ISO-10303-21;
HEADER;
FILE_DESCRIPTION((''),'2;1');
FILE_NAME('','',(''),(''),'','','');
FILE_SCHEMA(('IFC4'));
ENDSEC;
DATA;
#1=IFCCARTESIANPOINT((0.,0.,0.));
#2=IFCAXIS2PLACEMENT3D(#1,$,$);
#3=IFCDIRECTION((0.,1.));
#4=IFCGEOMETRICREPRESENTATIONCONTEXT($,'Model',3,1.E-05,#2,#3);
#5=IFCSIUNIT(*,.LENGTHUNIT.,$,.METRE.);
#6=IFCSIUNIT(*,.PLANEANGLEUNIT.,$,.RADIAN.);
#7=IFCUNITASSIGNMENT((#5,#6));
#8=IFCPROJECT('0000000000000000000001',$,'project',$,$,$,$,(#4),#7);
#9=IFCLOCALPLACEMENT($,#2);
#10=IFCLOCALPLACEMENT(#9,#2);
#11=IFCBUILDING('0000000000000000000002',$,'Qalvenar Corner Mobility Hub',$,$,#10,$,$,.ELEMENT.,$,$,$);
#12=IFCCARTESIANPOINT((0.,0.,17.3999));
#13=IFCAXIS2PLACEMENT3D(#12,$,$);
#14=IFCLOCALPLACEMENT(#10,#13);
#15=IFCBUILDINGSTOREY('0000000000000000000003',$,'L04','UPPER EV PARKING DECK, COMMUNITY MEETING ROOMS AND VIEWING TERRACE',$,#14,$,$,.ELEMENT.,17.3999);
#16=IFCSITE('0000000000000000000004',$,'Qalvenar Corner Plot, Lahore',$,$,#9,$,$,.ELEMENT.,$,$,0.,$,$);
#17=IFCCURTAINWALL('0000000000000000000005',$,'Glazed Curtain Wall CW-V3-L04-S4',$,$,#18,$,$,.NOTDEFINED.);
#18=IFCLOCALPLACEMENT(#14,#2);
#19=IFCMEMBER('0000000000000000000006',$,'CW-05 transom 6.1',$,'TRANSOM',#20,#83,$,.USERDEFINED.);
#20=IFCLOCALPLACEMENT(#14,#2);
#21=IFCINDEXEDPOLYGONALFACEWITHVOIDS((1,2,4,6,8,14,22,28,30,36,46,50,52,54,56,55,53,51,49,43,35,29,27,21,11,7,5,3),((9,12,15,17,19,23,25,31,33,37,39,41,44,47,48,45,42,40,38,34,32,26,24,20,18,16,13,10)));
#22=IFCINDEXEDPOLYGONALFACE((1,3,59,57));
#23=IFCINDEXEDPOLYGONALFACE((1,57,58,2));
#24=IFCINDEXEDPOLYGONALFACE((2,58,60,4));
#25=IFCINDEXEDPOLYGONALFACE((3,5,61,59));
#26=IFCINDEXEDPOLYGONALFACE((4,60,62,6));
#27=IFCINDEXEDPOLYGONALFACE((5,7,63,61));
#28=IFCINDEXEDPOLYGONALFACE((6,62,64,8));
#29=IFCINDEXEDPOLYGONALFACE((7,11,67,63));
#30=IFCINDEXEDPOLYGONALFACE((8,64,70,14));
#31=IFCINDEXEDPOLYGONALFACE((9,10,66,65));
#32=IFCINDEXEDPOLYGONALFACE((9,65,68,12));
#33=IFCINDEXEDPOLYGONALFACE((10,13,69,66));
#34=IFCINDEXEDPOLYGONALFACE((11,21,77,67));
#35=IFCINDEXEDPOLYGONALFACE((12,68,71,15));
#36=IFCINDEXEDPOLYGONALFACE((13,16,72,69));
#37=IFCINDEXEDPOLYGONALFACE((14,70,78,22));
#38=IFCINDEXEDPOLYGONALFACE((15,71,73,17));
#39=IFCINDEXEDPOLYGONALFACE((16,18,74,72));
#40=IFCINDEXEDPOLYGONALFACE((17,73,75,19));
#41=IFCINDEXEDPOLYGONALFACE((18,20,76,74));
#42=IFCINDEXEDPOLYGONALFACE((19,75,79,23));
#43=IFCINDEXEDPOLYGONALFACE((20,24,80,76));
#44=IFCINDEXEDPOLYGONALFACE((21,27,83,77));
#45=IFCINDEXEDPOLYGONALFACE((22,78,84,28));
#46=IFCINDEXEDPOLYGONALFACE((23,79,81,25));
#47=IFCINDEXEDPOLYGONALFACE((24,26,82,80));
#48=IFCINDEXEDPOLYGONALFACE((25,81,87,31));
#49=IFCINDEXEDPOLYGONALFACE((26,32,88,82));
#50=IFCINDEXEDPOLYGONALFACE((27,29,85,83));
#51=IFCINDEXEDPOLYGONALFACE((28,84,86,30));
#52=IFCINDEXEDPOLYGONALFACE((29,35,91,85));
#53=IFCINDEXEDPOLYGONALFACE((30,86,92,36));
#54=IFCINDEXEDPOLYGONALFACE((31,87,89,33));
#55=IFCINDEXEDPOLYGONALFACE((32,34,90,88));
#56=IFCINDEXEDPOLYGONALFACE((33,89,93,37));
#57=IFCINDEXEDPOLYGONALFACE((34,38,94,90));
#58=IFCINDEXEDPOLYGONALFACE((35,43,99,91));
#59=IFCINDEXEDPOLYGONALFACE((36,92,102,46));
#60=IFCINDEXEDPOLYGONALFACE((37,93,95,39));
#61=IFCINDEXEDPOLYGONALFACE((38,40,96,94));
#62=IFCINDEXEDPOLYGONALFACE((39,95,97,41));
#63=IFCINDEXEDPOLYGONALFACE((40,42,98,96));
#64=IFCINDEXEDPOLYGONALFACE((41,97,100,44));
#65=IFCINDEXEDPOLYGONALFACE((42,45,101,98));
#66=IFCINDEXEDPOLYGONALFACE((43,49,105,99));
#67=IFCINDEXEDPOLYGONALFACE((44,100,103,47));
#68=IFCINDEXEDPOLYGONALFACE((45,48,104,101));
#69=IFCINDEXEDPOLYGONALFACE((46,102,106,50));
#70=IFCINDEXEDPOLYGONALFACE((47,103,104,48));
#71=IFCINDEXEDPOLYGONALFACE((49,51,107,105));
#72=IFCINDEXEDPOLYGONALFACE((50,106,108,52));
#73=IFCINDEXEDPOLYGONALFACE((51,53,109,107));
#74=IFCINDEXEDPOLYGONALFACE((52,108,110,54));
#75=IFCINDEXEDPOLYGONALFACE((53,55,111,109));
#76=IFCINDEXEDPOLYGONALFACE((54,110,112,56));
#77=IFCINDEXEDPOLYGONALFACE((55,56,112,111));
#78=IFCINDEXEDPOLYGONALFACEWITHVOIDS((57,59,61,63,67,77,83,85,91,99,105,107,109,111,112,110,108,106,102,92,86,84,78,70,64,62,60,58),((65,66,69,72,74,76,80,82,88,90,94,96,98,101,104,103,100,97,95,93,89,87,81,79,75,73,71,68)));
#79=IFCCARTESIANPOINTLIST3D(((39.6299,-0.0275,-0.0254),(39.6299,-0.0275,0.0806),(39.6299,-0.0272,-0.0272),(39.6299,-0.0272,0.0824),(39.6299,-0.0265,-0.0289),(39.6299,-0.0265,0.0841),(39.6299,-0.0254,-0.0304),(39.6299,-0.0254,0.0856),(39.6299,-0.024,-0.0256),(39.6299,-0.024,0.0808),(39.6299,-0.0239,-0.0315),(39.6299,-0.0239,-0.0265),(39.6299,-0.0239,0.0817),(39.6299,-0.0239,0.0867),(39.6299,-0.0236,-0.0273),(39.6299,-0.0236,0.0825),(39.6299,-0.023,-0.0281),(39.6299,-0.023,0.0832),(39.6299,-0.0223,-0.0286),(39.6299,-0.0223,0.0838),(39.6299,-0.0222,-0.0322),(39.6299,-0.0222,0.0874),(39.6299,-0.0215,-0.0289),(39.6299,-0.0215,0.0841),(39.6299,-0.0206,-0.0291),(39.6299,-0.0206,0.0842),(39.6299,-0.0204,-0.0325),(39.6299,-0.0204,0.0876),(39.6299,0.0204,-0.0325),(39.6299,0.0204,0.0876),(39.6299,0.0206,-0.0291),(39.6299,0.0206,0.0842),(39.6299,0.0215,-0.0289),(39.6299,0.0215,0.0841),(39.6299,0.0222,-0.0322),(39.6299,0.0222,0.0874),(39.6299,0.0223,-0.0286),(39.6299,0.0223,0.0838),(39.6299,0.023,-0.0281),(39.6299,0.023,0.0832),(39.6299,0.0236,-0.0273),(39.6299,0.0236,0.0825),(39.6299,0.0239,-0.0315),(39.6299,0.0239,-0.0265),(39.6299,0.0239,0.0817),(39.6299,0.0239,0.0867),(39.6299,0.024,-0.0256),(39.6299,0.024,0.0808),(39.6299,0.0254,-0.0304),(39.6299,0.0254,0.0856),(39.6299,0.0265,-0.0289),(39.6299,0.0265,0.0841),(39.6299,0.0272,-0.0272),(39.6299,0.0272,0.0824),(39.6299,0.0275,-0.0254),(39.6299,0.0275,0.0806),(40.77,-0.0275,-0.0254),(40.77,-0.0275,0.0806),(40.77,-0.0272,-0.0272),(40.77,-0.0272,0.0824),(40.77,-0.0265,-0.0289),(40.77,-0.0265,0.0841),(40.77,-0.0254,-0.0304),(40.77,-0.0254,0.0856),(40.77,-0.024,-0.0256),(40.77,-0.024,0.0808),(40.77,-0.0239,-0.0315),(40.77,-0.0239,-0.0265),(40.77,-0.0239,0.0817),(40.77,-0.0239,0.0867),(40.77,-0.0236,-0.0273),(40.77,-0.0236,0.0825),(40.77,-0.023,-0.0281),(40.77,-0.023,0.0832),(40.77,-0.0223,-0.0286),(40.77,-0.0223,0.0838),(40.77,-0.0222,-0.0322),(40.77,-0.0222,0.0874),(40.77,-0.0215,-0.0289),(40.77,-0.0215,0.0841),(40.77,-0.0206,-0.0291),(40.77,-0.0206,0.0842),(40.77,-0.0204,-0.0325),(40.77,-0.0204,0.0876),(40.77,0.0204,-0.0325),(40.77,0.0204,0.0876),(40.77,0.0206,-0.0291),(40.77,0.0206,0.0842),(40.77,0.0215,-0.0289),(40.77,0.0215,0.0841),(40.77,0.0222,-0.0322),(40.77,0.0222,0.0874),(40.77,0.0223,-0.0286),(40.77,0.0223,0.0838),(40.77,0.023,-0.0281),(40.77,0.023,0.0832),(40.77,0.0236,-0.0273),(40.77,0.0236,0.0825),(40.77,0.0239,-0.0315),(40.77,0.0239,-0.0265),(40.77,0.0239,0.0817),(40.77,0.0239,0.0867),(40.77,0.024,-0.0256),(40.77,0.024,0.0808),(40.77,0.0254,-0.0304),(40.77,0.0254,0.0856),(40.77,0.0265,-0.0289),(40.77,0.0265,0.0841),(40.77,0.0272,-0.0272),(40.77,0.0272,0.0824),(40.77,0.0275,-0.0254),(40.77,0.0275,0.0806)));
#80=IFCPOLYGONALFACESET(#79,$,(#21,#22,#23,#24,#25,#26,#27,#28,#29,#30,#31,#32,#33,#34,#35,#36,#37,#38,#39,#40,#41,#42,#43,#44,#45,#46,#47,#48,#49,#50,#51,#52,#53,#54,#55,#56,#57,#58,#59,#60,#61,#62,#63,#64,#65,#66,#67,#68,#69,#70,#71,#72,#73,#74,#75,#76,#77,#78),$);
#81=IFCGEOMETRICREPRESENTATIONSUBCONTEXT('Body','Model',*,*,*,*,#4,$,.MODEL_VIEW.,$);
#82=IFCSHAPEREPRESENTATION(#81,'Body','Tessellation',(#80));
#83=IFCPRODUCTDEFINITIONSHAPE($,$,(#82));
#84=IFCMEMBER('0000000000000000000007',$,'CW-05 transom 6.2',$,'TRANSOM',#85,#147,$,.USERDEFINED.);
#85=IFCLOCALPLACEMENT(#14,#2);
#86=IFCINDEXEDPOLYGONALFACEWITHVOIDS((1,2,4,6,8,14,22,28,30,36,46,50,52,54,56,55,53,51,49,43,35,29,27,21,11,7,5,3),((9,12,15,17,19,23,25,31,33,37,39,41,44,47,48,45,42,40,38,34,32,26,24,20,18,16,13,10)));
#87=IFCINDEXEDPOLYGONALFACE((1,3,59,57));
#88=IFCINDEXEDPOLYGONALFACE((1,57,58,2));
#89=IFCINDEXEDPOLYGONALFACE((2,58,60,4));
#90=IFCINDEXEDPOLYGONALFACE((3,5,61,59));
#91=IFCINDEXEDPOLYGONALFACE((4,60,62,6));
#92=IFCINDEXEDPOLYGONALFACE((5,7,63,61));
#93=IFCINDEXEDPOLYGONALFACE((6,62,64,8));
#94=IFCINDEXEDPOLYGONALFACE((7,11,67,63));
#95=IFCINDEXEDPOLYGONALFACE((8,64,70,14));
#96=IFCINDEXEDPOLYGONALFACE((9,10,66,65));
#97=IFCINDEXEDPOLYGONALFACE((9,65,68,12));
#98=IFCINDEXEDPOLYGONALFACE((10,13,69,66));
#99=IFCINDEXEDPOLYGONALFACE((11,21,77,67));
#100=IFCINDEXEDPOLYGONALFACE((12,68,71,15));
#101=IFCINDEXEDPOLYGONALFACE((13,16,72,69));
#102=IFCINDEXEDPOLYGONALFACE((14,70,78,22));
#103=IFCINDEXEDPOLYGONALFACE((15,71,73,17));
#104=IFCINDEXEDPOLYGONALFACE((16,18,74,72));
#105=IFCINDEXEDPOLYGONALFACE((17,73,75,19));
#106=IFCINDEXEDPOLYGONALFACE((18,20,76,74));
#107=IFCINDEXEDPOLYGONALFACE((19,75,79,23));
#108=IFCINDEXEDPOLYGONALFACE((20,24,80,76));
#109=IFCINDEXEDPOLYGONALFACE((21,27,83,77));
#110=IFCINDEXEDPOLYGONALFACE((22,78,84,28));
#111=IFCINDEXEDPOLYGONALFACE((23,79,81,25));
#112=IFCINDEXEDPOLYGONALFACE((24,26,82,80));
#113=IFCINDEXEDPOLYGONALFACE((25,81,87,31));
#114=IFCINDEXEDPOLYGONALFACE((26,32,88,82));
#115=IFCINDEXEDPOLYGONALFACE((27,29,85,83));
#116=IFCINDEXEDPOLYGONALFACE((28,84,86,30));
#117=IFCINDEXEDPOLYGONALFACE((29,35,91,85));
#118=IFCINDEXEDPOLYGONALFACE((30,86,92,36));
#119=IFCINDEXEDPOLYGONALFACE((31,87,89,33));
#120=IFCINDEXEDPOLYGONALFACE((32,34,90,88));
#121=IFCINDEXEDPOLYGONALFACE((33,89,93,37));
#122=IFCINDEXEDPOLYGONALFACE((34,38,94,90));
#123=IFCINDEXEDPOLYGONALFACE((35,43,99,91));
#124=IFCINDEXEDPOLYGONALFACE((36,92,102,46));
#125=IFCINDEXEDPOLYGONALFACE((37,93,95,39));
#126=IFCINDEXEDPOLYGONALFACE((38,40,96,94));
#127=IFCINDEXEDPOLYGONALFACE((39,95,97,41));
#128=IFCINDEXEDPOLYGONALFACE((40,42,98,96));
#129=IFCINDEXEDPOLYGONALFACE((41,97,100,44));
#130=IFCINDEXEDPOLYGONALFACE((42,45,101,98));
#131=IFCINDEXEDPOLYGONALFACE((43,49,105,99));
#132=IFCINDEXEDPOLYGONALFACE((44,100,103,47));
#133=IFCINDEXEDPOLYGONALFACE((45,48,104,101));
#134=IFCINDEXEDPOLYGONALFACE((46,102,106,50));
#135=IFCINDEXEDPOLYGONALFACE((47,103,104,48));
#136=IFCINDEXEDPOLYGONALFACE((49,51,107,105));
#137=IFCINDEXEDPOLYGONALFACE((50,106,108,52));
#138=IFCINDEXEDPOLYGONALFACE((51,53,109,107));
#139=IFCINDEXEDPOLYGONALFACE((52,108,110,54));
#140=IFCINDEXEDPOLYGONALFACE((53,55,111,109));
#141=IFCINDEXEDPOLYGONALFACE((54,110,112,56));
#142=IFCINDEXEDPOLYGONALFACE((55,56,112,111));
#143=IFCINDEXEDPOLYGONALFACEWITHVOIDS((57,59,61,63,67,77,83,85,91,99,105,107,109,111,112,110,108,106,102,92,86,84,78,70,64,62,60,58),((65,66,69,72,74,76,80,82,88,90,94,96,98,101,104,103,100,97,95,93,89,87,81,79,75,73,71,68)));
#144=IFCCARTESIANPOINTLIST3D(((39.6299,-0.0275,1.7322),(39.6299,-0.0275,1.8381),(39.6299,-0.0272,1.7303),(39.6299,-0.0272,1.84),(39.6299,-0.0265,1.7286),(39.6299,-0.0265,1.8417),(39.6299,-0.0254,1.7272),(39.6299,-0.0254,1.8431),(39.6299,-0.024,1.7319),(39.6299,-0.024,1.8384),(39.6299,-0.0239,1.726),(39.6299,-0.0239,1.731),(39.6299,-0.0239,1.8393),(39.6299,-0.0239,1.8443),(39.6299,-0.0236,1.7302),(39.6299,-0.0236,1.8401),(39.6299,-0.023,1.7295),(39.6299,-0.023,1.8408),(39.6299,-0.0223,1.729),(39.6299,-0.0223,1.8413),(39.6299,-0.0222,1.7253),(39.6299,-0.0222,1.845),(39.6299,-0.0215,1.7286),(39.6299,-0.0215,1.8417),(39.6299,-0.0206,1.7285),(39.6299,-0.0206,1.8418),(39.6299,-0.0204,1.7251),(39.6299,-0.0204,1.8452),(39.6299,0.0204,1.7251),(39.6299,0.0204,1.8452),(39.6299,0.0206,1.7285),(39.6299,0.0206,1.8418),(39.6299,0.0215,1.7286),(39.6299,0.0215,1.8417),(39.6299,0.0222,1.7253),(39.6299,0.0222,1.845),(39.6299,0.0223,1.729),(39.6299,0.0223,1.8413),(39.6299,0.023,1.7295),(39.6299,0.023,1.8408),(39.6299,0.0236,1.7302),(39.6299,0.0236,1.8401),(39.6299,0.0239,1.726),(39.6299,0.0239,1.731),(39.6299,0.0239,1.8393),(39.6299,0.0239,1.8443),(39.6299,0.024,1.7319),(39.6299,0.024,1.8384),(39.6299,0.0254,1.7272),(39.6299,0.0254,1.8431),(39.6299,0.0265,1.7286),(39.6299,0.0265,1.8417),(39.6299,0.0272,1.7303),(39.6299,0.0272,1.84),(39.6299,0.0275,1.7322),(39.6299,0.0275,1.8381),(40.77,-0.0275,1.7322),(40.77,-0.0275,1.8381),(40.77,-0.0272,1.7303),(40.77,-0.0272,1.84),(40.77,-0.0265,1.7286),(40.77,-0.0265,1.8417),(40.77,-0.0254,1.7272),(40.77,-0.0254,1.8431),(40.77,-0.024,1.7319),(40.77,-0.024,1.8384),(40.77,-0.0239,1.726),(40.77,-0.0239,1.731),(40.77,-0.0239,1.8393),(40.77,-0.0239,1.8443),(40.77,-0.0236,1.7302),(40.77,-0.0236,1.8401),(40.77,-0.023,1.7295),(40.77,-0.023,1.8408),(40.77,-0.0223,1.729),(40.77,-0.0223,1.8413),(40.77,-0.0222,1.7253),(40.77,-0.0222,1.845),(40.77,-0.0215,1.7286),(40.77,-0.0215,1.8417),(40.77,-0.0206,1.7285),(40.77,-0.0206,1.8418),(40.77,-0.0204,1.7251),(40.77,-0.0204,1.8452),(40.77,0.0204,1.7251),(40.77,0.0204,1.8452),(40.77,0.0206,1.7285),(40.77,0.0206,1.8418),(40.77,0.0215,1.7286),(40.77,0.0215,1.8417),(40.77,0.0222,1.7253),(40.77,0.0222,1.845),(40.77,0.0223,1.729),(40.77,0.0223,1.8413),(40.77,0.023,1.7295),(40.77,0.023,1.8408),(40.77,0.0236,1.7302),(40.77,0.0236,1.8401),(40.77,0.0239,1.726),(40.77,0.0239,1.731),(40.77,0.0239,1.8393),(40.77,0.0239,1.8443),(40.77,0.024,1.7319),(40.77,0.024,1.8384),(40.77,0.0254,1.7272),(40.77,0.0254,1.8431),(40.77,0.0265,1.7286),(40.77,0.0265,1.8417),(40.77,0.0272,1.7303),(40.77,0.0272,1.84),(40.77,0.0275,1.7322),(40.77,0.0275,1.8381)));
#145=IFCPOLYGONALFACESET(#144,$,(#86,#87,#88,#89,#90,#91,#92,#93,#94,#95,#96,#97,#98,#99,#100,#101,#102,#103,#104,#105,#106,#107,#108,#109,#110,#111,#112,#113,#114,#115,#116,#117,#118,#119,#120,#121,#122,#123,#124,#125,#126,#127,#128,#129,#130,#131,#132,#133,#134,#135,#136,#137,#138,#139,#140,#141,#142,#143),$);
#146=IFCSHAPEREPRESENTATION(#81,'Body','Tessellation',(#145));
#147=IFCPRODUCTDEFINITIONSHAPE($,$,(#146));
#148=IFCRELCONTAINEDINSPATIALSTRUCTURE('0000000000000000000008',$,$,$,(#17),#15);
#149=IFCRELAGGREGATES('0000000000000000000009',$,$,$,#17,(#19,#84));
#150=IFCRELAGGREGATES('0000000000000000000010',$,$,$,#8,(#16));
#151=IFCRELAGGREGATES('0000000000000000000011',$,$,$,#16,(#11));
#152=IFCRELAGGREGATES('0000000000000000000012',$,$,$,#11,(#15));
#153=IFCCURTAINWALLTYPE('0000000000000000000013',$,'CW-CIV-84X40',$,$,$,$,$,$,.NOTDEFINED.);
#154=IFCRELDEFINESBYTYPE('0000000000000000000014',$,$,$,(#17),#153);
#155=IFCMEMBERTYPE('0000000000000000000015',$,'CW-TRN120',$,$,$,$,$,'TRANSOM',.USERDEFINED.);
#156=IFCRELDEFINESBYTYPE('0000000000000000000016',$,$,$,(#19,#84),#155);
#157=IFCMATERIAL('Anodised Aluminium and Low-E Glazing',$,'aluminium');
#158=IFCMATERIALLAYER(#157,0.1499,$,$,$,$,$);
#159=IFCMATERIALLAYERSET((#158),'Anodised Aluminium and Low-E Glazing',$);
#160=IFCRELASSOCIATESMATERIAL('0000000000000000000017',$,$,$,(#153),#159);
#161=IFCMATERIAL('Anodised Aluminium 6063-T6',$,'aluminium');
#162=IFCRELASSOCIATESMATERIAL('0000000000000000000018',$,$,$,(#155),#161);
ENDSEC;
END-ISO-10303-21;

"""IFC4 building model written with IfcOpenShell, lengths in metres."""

from ifc_helpers import new_model, si_unit, direction, frame, origin, origin_2d, place, context, subcontext, project, spatial, hollow_rectangle, extrude, material, layer, layer_set, material_profile, profile_set, type_object, element, aggregate, save


model = new_model("IFC4")

# Units and contexts
model_context = context("Model", 3, precision=1e-05, world=origin(), true_north=direction((0.0, 1.0)))
body_context = subcontext(model_context, "Body", "Model", "MODEL_VIEW")
ifc_project = project(units=[si_unit("LENGTHUNIT", "METRE"), si_unit("PLANEANGLEUNIT", "RADIAN")], contexts=[model_context])

# Site, building, storey
site_placement = place(None, origin())
site = spatial("IfcSite", under=ifc_project, at=site_placement, Name="Qalvenar Corner Plot, Lahore", CompositionType="ELEMENT", RefElevation=0.0)
building_placement = place(site_placement, origin())
building = spatial("IfcBuilding", under=site, at=building_placement, Name="Qalvenar Corner Mobility Hub", CompositionType="ELEMENT")
storey_placement = place(building_placement, frame((0.0, 0.0, 17.3999)))
storey = spatial("IfcBuildingStorey", under=building, at=storey_placement, Name="L04", Description="UPPER EV PARKING DECK, COMMUNITY MEETING ROOMS AND VIEWING TERRACE", CompositionType="ELEMENT", Elevation=17.3999)

# Curtain wall, members
ifc_material_1 = material(Name="Anodised Aluminium and Low-E Glazing", Category="aluminium")
ifc_layer_1 = layer(ifc_material_1, 0.1499)
ifc_layer_set_1 = layer_set([ifc_layer_1], Name="Anodised Aluminium and Low-E Glazing")
curtain_wall_type = type_object("IfcCurtainWallType", Name="CW-CIV-84X40", PredefinedType="NOTDEFINED", material=ifc_layer_set_1)
curtain_wall_placement = place(storey_placement, origin())
curtain_wall = element("IfcCurtainWall", 1, at=curtain_wall_placement, inside=storey, type_object=curtain_wall_type, Name="Glazed Curtain Wall CW-V3-L04-S4", PredefinedType="NOTDEFINED")
ifc_material_2 = material(Name="Anodised Aluminium 6063-T6", Category="aluminium")
ifc_material_profile_1 = material_profile(ifc_material_2, hollow_rectangle(XDim=0.0549, YDim=0.1201, WallThickness=0.0034, InnerFilletRadius=0.0034, OuterFilletRadius=0.0071, at=origin_2d()), Name="RHS120x55x3.5")
ifc_profile_set_1 = profile_set([ifc_material_profile_1], Name="Anodised Aluminium 6063-T6")
member_type_1 = type_object("IfcMemberType", Name="CW-TRN120", ElementType="TRANSOM", PredefinedType="USERDEFINED", material=ifc_profile_set_1)
member_1_placement = place(storey_placement, frame((39.6299, 0.0, 0.0276), z_axis=(1.0, 0.0, 0.0), x_axis=(0.0, 1.0, 0.0)))
member_1 = element("IfcMember", 2, at=member_1_placement, type_object=member_type_1, Name="CW-05 transom 6.1", ObjectType="TRANSOM", PredefinedType="USERDEFINED", context=body_context, shape_type="SweptSolid", body=[
    extrude(hollow_rectangle(XDim=0.0549, YDim=0.1201, WallThickness=0.0034, InnerFilletRadius=0.0034, OuterFilletRadius=0.0071, at=origin_2d()), origin(), (0.0, 0.0, 1.0), 1.1401),
])
member_2_placement = place(storey_placement, frame((39.6299, 0.0, 1.7852), z_axis=(1.0, 0.0, 0.0), x_axis=(0.0, 1.0, 0.0)))
member_2 = element("IfcMember", 3, at=member_2_placement, type_object=member_type_1, Name="CW-05 transom 6.2", ObjectType="TRANSOM", PredefinedType="USERDEFINED", context=body_context, shape_type="SweptSolid", body=[
    extrude(hollow_rectangle(XDim=0.0549, YDim=0.1201, WallThickness=0.0034, InnerFilletRadius=0.0034, OuterFilletRadius=0.0071, at=origin_2d()), origin(), (0.0, 0.0, 1.0), 1.1401),
])
aggregate(curtain_wall, [member_1, member_2])

save(model, "model.ifc")
